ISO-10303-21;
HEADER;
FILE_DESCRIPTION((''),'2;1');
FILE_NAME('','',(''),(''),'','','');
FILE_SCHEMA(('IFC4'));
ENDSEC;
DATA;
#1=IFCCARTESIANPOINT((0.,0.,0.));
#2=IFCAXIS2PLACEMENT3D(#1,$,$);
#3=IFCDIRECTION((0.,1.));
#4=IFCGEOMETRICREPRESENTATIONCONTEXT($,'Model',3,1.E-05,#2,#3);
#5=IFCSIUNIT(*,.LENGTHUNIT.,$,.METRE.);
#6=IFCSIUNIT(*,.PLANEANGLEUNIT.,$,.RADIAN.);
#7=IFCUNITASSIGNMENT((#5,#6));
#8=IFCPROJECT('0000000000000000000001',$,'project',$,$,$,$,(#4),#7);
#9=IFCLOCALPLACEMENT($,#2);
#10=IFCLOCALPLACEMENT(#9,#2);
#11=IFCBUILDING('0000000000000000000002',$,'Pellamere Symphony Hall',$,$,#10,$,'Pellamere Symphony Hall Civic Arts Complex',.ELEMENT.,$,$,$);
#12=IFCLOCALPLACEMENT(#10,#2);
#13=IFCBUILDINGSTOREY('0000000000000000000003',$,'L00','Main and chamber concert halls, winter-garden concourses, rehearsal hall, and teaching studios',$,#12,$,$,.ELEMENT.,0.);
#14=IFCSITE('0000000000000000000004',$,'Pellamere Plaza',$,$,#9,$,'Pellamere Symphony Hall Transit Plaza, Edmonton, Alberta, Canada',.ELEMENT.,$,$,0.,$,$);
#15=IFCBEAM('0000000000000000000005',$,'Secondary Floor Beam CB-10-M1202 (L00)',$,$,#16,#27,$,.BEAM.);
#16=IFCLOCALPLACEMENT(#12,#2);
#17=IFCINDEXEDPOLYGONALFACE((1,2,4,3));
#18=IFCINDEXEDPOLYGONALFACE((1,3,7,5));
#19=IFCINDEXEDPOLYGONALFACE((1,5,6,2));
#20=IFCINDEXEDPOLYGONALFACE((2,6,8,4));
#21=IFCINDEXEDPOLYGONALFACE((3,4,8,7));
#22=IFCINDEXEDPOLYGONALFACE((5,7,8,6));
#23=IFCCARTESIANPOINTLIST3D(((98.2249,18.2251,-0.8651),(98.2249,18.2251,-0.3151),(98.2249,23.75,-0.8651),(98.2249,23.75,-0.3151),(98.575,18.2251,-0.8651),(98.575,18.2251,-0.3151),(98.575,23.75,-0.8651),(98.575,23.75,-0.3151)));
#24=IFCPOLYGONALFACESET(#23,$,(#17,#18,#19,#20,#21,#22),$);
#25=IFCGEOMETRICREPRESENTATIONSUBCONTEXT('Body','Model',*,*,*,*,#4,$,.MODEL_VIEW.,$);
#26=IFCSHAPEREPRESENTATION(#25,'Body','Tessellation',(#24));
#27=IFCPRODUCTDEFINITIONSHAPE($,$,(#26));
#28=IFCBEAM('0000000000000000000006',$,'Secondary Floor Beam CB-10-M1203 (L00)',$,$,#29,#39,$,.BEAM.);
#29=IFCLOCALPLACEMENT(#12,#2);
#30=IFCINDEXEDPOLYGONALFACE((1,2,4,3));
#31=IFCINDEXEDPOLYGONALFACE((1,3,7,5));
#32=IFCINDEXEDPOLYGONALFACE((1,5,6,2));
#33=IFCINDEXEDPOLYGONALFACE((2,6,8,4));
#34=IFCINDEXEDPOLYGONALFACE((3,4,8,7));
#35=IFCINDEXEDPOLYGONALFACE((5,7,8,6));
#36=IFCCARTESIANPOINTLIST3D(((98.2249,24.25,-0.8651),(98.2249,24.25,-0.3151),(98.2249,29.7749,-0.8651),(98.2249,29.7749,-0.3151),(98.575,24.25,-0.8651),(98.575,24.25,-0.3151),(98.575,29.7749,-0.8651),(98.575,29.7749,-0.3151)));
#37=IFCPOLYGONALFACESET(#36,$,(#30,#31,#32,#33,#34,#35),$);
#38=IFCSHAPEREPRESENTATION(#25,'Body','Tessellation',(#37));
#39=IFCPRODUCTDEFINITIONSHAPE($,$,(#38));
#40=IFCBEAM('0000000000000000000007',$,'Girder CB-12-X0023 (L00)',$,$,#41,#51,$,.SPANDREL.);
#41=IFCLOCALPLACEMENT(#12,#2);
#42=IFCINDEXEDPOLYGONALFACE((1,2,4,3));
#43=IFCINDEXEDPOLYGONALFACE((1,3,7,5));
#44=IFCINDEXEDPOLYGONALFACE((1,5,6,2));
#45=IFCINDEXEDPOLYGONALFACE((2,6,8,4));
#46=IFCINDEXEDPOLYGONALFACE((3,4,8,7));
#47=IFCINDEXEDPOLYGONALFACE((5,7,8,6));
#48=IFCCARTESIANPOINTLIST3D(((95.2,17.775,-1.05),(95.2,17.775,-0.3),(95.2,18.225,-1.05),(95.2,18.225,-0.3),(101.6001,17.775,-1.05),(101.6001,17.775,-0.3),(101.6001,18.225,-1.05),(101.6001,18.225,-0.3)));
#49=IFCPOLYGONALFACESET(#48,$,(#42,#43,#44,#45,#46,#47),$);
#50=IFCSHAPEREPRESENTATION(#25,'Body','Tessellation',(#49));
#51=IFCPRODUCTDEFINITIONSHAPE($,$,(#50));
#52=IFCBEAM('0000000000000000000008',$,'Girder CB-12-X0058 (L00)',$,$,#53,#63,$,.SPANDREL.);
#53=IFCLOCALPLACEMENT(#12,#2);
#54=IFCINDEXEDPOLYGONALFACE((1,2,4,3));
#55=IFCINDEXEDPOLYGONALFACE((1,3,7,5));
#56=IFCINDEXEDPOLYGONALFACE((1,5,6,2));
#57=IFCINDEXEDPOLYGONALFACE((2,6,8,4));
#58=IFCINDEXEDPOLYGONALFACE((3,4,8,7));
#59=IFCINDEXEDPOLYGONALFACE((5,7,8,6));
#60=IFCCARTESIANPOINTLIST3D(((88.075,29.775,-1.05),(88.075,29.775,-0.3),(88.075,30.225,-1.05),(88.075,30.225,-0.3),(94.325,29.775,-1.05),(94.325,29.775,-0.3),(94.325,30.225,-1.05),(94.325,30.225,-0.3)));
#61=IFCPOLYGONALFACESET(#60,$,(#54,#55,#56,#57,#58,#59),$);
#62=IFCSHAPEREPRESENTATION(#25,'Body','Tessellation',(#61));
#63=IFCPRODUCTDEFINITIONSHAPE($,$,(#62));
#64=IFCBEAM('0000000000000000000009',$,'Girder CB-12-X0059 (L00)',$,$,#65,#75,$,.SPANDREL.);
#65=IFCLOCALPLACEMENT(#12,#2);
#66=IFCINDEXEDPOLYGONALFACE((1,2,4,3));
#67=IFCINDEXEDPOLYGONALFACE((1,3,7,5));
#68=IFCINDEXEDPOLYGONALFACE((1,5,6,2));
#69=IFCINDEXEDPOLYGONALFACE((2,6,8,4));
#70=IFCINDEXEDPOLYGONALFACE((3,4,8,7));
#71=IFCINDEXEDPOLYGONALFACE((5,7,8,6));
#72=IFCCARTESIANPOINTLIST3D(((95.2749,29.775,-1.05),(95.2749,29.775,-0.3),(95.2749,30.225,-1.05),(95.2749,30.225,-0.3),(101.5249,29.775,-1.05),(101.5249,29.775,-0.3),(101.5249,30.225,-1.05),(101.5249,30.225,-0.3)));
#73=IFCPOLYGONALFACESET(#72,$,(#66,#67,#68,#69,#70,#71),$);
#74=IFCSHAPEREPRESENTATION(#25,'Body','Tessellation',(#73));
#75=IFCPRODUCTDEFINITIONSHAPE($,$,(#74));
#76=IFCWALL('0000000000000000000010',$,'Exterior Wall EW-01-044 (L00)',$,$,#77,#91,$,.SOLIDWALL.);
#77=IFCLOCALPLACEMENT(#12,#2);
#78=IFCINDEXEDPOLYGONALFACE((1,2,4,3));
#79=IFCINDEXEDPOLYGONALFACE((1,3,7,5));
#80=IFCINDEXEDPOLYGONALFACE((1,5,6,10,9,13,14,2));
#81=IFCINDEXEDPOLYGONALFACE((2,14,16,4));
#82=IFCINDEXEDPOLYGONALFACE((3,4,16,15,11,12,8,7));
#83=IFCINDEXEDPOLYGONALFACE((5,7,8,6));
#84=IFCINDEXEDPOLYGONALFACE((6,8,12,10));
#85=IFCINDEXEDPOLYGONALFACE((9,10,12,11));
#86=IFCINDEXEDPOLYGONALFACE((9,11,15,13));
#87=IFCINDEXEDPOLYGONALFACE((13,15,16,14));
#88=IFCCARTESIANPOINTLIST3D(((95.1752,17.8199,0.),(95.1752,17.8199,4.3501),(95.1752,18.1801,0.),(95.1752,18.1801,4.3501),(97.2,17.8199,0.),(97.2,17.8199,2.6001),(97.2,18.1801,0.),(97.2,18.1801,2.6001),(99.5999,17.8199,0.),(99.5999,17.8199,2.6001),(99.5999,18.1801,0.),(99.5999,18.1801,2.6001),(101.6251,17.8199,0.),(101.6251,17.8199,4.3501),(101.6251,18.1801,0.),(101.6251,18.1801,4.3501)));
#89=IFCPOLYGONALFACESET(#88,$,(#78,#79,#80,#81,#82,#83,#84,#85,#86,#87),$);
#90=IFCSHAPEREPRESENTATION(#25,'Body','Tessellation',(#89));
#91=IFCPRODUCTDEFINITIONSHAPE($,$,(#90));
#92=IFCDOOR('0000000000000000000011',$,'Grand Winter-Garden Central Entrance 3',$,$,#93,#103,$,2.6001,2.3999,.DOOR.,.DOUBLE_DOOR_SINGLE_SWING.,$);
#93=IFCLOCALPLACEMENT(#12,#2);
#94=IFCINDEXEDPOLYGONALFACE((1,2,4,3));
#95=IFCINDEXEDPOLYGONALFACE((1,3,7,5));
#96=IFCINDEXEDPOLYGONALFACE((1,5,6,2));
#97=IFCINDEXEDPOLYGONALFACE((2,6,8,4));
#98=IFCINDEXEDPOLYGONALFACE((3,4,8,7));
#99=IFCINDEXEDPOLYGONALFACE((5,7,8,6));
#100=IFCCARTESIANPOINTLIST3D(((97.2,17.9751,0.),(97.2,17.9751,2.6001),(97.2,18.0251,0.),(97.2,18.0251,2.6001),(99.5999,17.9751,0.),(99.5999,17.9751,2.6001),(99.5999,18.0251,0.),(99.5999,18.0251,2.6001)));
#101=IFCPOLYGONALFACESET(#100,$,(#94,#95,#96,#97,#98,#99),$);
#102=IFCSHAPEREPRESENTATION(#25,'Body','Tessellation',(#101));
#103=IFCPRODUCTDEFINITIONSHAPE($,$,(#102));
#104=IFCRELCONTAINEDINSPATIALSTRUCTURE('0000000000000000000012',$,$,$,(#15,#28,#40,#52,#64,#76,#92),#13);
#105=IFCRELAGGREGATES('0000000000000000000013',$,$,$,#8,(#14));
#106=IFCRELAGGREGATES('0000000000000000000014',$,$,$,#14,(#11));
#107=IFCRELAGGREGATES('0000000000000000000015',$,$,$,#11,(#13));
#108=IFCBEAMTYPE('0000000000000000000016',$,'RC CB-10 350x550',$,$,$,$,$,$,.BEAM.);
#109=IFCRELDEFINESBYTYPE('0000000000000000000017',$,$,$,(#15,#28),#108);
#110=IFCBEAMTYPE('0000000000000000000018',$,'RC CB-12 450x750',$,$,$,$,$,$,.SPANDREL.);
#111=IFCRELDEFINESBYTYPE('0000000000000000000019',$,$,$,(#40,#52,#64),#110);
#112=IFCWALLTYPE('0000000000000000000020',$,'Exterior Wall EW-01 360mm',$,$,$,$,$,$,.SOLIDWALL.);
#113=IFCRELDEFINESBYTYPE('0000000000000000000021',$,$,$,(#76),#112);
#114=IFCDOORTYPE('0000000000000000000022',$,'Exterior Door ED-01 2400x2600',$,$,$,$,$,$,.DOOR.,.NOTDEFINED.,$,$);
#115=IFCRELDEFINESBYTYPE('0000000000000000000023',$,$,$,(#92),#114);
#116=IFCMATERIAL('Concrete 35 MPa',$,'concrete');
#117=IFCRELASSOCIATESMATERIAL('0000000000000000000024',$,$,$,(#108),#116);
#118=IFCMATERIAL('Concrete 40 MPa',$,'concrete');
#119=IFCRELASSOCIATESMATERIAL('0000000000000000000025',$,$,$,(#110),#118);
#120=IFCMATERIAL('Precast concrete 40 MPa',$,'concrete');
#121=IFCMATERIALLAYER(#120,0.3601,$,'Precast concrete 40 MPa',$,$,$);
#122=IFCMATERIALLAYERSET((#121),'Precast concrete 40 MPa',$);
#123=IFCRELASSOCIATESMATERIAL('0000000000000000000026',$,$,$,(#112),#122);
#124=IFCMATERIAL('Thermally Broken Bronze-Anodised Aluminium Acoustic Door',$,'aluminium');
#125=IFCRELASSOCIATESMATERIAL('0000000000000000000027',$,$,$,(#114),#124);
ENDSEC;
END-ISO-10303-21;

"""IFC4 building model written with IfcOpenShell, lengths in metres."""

from ifc_helpers import new_model, si_unit, direction, frame, frame_2d, origin, origin_2d, place, context, subcontext, project, spatial, rectangle, extrude, material, layer, layer_set, material_profile, profile_set, type_object, element, fill, save


model = new_model("IFC4")

# Units and contexts
model_context = context("Model", 3, precision=1e-05, world=origin(), true_north=direction((0.0, 1.0)))
body_context = subcontext(model_context, "Body", "Model", "MODEL_VIEW")
ifc_project = project(units=[si_unit("LENGTHUNIT", "METRE"), si_unit("PLANEANGLEUNIT", "RADIAN")], contexts=[model_context])

# Site, building, storey
site_placement = place(None, origin())
site = spatial("IfcSite", under=ifc_project, at=site_placement, Name="Pellamere Plaza", LongName="Pellamere Symphony Hall Transit Plaza, Edmonton, Alberta, Canada", CompositionType="ELEMENT", RefElevation=0.0)
building_placement = place(site_placement, origin())
building = spatial("IfcBuilding", under=site, at=building_placement, Name="Pellamere Symphony Hall", LongName="Pellamere Symphony Hall Civic Arts Complex", CompositionType="ELEMENT")
storey_placement = place(building_placement, origin())
storey = spatial("IfcBuildingStorey", under=building, at=storey_placement, Name="L00", Description="Main and chamber concert halls, winter-garden concourses, rehearsal hall, and teaching studios", CompositionType="ELEMENT", Elevation=0.0)

# Shared definitions
ifc_material_1 = material(Name="Concrete 40 MPa", Category="concrete")

# Beams
ifc_material_2 = material(Name="Concrete 35 MPa", Category="concrete")
ifc_material_profile_1 = material_profile(ifc_material_2, rectangle(XDim=0.3501, YDim=0.55, at=origin_2d()), Name="RC 350x550")
ifc_profile_set_1 = profile_set([ifc_material_profile_1], Name="Concrete 35 MPa")
beam_type_1 = type_object("IfcBeamType", Name="RC CB-10 350x550", PredefinedType="BEAM", material=ifc_profile_set_1)
for number, where, z_axis, x_axis, name in (
    (1, (98.3999, 18.2251, -0.5901), (0.0, 1.0, 0.0), (-1.0, 0.0, 0.0), "Secondary Floor Beam CB-10-M1202 (L00)"),
    (2, (98.3999, 24.25, -0.5901), (0.0, 1.0, 0.0), (-1.0, 0.0, 0.0), "Secondary Floor Beam CB-10-M1203 (L00)"),
):
    element("IfcBeam", number, at=place(storey_placement, frame(where, z_axis=z_axis, x_axis=x_axis)), inside=storey, type_object=beam_type_1, Name=name, PredefinedType="BEAM", context=body_context, shape_type="SweptSolid", body=[
        extrude(rectangle(XDim=0.3501, YDim=0.55, at=origin_2d()), origin(), (0.0, 0.0, 1.0), 5.5249),
    ])
ifc_material_profile_2 = material_profile(ifc_material_1, rectangle(XDim=0.45, YDim=0.75, at=origin_2d()), Name="RC 450x750")
ifc_profile_set_2 = profile_set([ifc_material_profile_2], Name="Concrete 40 MPa")
beam_type_2 = type_object("IfcBeamType", Name="RC CB-12 450x750", PredefinedType="SPANDREL", material=ifc_profile_set_2)
beam_1_placement = place(storey_placement, frame((95.2, 18.0, -0.675), z_axis=(1.0, 0.0, 0.0), x_axis=(0.0, 1.0, 0.0)))
element("IfcBeam", 3, at=beam_1_placement, inside=storey, type_object=beam_type_2, Name="Girder CB-12-X0023 (L00)", PredefinedType="SPANDREL", context=body_context, shape_type="SweptSolid", body=[
    extrude(rectangle(XDim=0.45, YDim=0.75, at=origin_2d()), origin(), (0.0, 0.0, 1.0), 6.4001),
])
for number, where, z_axis, x_axis, name in (
    (4, (88.075, 30.0, -0.675), (1.0, 0.0, 0.0), (0.0, 1.0, 0.0), "Girder CB-12-X0058 (L00)"),
    (5, (95.2749, 30.0, -0.675), (1.0, 0.0, 0.0), (0.0, 1.0, 0.0), "Girder CB-12-X0059 (L00)"),
):
    element("IfcBeam", number, at=place(storey_placement, frame(where, z_axis=z_axis, x_axis=x_axis)), inside=storey, type_object=beam_type_2, Name=name, PredefinedType="SPANDREL", context=body_context, shape_type="SweptSolid", body=[
        extrude(rectangle(XDim=0.45, YDim=0.75, at=origin_2d()), origin(), (0.0, 0.0, 1.0), 6.25),
    ])

# Wall, opening, door
ifc_material_3 = material(Name="Precast concrete 40 MPa", Category="concrete")
ifc_layer = layer(ifc_material_3, 0.3601, Name="Precast concrete 40 MPa")
ifc_layer_set = layer_set([ifc_layer], Name="Precast concrete 40 MPa")
wall_type = type_object("IfcWallType", Name="Exterior Wall EW-01 360mm", PredefinedType="SOLIDWALL", material=ifc_layer_set)
wall_placement = place(storey_placement, frame((95.175, 18.0, 0.0), z_axis=(0.0, 0.0, 1.0), x_axis=(1.0, 0.0, 0.0)))
wall = element("IfcWall", 6, at=wall_placement, inside=storey, type_object=wall_type, Name="Exterior Wall EW-01-044 (L00)", PredefinedType="SOLIDWALL", context=body_context, shape_type="SweptSolid", body=[
    extrude(rectangle(XDim=6.45, YDim=0.3601, at=frame_2d((3.2251, 0.0))), origin(), (0.0, 0.0, 1.0), 4.3501),
])
opening_placement = place(wall_placement, frame((2.0249, 0.0, 0.0)))
opening = element("IfcOpeningElement", 7, at=opening_placement, cuts=wall, PredefinedType="OPENING", context=body_context, shape_type="SweptSolid", body=[
    extrude(rectangle(XDim=2.3999, YDim=2.6001, at=frame_2d((1.2, 1.3))), frame((0.0, 0.1899, 0.0), z_axis=(0.0, -1.0, 0.0), x_axis=(1.0, 0.0, 0.0)), (0.0, 0.0, 1.0), 0.3801),
])
ifc_material_4 = material(Name="Thermally Broken Bronze-Anodised Aluminium Acoustic Door", Category="aluminium")
door_type = type_object("IfcDoorType", Name="Exterior Door ED-01 2400x2600", OperationType="NOTDEFINED", PredefinedType="DOOR", material=ifc_material_4)
door_placement = place(opening_placement, frame((2.3999, 0.0, 0.0), z_axis=(0.0, 0.0, 1.0), x_axis=(-1.0, 0.0, 0.0)))
door = element("IfcDoor", 8, at=door_placement, inside=storey, type_object=door_type, Name="Grand Winter-Garden Central Entrance 3", OperationType="DOUBLE_DOOR_SINGLE_SWING", OverallHeight=2.6001, OverallWidth=2.3999, PredefinedType="DOOR", context=body_context, shape_type="SweptSolid", body=[
    extrude(rectangle(XDim=2.3999, YDim=2.6001, at=frame_2d((1.2, 1.3))), frame((0.0, 0.0249, 0.0), z_axis=(0.0, -1.0, 0.0), x_axis=(1.0, 0.0, 0.0)), (0.0, 0.0, 1.0), 0.05),
])
fill(opening, door)

save(model, "model.ifc")
